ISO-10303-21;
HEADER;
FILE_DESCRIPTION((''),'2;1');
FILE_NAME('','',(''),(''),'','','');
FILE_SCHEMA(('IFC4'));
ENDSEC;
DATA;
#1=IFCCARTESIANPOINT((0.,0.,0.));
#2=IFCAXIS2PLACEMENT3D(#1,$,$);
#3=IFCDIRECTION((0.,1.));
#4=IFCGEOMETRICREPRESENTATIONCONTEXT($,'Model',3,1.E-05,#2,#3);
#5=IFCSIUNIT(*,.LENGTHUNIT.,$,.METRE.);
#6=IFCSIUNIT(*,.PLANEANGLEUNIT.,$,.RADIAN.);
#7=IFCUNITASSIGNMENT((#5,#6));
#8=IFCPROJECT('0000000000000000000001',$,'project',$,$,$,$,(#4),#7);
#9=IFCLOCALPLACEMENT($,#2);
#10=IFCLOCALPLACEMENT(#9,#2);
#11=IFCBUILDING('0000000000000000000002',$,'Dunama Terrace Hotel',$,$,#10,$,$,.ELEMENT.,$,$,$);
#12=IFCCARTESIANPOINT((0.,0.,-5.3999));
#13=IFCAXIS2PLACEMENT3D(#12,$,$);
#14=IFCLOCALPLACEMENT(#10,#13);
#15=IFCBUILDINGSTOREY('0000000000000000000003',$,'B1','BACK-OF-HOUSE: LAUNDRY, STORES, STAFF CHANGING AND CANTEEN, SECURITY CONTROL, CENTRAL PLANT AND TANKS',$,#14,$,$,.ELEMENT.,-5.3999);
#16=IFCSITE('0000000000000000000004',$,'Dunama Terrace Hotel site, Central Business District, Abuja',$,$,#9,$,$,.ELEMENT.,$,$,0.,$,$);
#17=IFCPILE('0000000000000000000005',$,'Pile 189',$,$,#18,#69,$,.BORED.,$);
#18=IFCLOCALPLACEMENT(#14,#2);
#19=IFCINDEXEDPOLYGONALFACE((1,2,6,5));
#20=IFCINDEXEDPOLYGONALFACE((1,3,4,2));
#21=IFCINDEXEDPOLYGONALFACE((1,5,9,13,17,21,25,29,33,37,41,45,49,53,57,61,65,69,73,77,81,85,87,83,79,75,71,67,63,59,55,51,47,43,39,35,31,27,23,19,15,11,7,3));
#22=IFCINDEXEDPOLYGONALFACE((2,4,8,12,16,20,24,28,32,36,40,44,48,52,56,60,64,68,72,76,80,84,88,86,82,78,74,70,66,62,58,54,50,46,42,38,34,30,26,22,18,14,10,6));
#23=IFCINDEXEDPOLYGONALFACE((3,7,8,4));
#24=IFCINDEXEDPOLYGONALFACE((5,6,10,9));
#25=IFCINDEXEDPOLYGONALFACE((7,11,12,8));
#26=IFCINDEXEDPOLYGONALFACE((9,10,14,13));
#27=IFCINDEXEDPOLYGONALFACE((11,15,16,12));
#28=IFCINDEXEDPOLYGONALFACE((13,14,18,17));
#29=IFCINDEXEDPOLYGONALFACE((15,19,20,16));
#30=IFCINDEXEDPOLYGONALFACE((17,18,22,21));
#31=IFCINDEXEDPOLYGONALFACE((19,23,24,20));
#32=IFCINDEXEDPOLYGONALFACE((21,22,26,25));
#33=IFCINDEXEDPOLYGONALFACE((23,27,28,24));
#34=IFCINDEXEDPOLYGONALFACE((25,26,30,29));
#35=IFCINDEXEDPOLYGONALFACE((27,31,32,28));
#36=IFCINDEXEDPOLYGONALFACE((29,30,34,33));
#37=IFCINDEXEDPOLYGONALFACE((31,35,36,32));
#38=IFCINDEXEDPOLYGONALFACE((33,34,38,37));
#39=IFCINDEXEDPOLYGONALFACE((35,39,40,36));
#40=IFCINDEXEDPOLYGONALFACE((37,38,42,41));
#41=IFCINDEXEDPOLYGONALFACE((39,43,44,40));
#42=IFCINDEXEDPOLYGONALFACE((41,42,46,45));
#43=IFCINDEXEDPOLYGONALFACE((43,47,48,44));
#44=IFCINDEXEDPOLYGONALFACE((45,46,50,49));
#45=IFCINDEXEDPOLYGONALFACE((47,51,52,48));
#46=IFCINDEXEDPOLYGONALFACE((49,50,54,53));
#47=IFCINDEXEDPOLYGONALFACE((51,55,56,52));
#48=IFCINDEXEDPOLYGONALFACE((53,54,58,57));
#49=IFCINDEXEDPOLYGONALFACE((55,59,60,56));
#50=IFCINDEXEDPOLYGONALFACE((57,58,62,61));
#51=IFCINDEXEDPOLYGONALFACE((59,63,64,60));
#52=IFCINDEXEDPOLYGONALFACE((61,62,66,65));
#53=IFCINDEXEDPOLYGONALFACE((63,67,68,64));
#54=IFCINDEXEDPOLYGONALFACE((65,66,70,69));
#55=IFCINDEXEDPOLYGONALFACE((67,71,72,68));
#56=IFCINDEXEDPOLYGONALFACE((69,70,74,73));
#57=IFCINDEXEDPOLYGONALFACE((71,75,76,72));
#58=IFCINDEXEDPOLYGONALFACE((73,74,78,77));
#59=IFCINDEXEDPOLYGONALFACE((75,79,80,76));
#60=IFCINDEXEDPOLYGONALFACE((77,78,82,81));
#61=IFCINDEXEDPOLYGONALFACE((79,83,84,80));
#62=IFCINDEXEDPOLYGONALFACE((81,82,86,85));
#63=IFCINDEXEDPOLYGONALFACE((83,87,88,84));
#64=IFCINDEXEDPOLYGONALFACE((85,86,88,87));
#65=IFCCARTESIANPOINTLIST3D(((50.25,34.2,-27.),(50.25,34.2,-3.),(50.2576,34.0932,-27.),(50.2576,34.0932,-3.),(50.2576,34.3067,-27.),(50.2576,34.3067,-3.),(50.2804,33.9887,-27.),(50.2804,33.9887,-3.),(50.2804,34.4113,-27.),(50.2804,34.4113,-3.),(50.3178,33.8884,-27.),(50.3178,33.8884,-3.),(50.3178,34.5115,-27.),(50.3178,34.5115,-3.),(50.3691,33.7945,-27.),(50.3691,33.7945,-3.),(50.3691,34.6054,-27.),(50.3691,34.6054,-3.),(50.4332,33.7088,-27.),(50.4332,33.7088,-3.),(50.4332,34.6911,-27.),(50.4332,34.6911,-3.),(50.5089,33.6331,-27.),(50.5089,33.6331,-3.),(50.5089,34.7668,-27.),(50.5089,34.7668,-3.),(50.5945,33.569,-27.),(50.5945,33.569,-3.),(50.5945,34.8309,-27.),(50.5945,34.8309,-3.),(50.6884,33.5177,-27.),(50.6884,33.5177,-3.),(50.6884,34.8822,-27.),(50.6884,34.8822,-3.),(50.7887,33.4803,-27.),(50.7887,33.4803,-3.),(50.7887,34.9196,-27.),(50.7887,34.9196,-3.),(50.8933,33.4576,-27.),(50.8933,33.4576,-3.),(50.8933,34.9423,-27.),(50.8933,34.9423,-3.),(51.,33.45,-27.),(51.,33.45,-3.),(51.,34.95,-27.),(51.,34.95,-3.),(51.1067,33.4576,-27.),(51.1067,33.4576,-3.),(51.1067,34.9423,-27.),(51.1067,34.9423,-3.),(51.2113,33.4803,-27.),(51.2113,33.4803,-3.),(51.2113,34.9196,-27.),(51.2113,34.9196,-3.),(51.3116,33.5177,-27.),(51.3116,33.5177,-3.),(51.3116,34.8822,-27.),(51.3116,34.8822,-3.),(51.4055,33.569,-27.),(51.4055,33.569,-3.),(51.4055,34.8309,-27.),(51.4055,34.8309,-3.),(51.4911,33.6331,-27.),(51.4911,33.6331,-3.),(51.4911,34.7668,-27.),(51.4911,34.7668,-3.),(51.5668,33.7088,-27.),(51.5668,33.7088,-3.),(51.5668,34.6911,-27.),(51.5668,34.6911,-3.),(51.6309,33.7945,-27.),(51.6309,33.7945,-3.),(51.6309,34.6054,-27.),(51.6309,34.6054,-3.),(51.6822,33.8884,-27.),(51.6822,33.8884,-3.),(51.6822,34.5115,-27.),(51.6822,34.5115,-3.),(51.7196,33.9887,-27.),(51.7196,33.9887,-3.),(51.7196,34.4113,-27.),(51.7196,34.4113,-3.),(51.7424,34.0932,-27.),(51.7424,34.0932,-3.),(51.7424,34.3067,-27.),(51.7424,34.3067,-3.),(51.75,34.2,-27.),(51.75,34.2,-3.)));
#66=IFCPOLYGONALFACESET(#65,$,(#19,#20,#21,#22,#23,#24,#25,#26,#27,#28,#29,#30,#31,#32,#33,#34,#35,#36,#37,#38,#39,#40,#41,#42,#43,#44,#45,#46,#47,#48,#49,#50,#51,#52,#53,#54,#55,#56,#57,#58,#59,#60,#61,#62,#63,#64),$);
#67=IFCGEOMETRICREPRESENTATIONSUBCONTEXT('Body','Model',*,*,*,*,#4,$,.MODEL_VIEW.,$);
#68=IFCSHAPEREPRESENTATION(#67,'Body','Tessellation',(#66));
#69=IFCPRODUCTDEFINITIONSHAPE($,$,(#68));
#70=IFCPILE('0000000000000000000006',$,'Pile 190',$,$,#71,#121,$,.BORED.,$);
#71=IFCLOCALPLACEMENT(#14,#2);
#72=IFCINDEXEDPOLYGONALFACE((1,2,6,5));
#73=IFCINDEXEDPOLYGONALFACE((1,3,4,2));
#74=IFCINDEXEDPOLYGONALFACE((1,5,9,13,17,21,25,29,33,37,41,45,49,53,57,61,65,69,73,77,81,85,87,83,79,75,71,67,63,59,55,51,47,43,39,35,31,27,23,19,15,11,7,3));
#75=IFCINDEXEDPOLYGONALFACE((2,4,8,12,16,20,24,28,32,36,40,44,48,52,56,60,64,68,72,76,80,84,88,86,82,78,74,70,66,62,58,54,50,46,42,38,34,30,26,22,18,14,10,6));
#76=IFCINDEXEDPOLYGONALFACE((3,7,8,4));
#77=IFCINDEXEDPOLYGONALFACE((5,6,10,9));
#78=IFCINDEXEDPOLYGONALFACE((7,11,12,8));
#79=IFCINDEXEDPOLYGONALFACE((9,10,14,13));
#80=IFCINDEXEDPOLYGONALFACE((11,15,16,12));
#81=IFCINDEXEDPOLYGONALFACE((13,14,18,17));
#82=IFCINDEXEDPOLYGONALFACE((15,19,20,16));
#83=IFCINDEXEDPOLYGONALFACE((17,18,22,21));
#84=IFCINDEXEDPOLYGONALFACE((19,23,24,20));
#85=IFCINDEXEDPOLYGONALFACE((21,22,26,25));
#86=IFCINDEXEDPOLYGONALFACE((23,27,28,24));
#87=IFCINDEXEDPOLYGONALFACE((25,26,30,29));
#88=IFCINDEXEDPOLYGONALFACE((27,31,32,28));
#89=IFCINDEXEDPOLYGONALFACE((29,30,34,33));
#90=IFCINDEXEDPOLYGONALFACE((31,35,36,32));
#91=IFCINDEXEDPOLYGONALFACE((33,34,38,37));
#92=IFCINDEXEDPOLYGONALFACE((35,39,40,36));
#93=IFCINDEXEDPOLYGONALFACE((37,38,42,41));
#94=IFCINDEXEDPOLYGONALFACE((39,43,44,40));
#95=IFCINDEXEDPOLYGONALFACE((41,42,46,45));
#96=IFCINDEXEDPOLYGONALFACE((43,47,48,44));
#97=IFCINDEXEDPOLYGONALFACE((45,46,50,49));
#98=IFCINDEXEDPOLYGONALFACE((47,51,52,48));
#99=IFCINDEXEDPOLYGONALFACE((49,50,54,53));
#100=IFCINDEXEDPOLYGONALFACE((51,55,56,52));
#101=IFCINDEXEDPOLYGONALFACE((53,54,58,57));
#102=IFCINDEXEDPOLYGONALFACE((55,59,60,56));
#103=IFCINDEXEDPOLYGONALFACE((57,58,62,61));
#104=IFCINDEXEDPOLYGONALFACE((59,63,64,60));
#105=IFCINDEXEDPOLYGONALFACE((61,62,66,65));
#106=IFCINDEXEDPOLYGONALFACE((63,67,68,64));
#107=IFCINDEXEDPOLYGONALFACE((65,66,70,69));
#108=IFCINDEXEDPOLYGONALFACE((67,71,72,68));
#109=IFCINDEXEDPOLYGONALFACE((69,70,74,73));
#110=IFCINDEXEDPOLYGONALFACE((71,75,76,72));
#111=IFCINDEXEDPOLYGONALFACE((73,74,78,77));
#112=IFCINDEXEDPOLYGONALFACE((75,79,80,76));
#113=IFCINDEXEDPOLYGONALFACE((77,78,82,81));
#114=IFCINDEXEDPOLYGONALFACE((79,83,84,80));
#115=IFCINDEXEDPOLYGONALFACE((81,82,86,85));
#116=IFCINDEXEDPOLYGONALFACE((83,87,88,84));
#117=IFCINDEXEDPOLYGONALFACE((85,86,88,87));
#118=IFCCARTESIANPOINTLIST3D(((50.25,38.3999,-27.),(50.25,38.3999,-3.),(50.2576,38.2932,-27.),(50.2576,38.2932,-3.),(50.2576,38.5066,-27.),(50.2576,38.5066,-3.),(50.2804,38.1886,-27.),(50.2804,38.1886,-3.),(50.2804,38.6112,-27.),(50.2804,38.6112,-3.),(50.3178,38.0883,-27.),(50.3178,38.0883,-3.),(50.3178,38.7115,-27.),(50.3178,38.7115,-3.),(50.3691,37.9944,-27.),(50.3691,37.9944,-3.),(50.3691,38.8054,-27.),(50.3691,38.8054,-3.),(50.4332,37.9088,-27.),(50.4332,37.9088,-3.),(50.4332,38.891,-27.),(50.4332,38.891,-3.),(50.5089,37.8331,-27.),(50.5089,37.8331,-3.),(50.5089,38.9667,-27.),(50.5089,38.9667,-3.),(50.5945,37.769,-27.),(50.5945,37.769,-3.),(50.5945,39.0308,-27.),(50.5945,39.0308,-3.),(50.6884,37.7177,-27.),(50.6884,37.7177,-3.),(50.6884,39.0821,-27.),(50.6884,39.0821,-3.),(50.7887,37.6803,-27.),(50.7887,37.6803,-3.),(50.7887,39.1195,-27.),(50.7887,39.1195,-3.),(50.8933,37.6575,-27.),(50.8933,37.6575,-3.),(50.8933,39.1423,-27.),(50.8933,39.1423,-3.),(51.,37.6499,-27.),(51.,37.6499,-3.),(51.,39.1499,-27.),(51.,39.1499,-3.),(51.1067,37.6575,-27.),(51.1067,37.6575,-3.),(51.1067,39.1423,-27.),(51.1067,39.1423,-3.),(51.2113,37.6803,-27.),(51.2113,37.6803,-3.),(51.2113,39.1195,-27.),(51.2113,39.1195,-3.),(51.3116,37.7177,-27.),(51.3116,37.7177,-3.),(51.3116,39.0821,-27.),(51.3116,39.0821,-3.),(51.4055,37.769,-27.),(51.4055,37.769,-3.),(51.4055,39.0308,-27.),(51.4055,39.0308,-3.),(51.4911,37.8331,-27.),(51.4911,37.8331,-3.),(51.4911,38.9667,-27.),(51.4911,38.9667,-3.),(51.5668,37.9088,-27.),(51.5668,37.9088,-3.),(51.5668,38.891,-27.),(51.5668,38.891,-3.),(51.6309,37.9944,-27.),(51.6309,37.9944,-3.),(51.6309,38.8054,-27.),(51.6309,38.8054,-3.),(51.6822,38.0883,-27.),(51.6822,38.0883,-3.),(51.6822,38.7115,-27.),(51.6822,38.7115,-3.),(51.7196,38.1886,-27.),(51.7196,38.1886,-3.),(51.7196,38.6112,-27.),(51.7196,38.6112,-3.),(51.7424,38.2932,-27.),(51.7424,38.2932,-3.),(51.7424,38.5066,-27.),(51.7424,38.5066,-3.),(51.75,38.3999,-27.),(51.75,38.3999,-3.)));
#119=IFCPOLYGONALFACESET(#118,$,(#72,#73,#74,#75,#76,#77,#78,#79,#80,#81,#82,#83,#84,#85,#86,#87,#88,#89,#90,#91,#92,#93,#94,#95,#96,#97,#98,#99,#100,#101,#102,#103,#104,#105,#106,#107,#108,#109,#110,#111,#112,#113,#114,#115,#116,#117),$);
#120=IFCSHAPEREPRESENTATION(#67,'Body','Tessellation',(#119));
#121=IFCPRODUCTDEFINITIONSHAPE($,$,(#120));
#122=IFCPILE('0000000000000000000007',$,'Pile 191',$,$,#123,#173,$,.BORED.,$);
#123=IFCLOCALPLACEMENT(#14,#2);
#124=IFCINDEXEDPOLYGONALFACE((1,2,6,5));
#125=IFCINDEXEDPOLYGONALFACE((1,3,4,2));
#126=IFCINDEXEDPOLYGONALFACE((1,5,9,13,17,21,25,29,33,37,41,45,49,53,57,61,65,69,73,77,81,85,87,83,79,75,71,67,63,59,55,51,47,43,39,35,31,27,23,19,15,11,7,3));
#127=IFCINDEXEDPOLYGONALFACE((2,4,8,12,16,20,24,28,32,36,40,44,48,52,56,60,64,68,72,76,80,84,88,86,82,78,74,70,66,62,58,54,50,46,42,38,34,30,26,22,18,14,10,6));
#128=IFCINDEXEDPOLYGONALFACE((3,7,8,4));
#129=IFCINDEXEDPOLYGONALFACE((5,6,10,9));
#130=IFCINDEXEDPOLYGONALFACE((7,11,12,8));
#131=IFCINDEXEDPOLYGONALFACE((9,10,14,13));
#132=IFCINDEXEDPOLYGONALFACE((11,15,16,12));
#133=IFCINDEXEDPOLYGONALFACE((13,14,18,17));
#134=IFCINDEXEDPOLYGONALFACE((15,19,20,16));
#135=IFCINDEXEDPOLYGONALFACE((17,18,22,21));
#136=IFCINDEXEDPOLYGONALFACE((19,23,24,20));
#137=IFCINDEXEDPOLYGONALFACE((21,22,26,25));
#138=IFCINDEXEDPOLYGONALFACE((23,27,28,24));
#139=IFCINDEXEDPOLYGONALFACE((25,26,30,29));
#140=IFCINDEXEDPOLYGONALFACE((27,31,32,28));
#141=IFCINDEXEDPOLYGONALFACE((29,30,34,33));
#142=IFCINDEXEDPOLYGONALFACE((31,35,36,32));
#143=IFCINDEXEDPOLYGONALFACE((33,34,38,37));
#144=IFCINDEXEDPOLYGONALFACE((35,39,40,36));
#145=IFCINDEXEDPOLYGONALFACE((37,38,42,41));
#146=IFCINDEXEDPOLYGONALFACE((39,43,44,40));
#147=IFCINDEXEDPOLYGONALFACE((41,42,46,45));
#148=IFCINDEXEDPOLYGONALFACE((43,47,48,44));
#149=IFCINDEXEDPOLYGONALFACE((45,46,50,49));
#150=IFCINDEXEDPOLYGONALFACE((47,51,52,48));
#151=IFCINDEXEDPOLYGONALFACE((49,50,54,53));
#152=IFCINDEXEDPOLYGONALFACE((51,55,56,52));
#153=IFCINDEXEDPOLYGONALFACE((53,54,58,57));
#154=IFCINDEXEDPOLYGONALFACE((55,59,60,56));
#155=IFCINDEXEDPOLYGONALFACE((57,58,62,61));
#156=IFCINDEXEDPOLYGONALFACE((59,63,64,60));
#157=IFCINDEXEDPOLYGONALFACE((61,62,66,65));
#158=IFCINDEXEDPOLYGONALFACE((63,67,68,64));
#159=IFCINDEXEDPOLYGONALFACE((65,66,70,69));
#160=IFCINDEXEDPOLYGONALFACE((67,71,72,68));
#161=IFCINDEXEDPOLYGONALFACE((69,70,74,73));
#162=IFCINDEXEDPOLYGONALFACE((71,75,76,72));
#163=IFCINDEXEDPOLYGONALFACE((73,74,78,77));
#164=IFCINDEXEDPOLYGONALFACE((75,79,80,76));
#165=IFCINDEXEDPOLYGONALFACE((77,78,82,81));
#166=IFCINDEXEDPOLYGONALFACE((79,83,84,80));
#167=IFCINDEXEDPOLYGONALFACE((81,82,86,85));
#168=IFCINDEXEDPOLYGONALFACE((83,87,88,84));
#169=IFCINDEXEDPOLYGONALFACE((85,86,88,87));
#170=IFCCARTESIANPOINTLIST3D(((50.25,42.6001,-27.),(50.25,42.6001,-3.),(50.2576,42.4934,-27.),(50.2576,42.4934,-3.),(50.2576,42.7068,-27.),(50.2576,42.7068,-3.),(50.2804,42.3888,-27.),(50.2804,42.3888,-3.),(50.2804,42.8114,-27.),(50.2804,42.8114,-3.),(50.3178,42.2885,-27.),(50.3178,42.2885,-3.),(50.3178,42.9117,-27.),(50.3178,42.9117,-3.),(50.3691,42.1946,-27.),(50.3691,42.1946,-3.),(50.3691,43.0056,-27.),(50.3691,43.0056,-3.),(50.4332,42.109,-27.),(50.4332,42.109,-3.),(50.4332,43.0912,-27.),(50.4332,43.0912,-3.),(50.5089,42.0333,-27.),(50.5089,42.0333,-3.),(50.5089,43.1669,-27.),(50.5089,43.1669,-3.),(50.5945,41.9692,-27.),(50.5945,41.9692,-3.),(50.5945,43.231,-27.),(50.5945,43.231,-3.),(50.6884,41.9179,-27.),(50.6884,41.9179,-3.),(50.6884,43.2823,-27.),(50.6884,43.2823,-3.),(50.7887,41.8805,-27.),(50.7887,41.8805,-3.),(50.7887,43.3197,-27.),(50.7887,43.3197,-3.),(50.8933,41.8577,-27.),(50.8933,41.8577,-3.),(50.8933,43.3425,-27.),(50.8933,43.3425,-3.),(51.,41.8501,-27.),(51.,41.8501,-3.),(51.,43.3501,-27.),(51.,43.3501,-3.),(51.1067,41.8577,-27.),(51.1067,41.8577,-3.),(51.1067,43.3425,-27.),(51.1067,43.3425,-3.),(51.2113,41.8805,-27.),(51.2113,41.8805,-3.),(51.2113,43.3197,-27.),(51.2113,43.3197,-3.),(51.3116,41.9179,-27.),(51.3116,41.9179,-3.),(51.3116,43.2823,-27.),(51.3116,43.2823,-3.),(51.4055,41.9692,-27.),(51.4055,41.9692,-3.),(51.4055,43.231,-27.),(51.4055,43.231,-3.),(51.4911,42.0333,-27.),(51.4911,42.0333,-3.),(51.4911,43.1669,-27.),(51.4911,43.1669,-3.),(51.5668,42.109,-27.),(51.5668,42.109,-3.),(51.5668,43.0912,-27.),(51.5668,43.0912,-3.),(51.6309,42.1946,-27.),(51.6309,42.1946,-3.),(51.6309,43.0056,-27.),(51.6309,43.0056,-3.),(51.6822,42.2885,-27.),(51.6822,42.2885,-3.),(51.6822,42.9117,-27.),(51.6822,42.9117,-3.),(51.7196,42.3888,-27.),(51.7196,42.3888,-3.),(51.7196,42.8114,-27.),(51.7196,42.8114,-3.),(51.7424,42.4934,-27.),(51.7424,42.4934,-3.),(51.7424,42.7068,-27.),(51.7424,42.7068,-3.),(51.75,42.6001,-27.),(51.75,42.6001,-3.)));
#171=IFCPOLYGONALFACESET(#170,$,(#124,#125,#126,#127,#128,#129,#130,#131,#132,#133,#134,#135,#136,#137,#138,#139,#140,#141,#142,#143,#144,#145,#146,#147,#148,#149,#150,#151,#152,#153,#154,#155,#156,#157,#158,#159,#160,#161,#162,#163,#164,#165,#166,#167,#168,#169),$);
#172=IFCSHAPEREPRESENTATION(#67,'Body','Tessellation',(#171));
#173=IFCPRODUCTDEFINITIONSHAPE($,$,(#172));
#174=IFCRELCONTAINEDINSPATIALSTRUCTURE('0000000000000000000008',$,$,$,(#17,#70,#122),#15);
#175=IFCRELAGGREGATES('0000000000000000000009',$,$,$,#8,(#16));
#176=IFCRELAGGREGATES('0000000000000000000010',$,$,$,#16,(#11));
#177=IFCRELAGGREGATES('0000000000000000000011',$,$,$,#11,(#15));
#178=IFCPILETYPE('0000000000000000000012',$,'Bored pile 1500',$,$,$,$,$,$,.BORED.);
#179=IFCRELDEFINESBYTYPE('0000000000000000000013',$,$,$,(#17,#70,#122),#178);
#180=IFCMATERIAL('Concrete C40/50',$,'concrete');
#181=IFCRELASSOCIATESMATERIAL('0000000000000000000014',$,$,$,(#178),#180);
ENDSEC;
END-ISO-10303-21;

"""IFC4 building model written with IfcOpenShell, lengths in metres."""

from ifc_helpers import new_model, si_unit, direction, frame, origin, origin_2d, place, context, subcontext, project, spatial, circle, extrude, material, material_profile, profile_set, type_object, element, save


model = new_model("IFC4")

# Units and contexts
model_context = context("Model", 3, precision=1e-05, world=origin(), true_north=direction((0.0, 1.0)))
body_context = subcontext(model_context, "Body", "Model", "MODEL_VIEW")
ifc_project = project(units=[si_unit("LENGTHUNIT", "METRE"), si_unit("PLANEANGLEUNIT", "RADIAN")], contexts=[model_context])

# Site, building, storey
site_placement = place(None, origin())
site = spatial("IfcSite", under=ifc_project, at=site_placement, Name="Dunama Terrace Hotel site, Central Business District, Abuja", CompositionType="ELEMENT", RefElevation=0.0)
building_placement = place(site_placement, origin())
building = spatial("IfcBuilding", under=site, at=building_placement, Name="Dunama Terrace Hotel", CompositionType="ELEMENT")
storey_placement = place(building_placement, frame((0.0, 0.0, -5.3999)))
storey = spatial("IfcBuildingStorey", under=building, at=storey_placement, Name="B1", Description="BACK-OF-HOUSE: LAUNDRY, STORES, STAFF CHANGING AND CANTEEN, SECURITY CONTROL, CENTRAL PLANT AND TANKS", CompositionType="ELEMENT", Elevation=-5.3999)

# Piles
ifc_material_1 = material(Name="Concrete C40/50", Category="concrete")
ifc_material_profile_1 = material_profile(ifc_material_1, circle(Radius=0.75, at=origin_2d()), Name="PILE D1500")
ifc_profile_set_1 = profile_set([ifc_material_profile_1], Name="Concrete C40/50")
pile_type = type_object("IfcPileType", Name="Bored pile 1500", PredefinedType="BORED", material=ifc_profile_set_1)
for number, where, z_axis, x_axis, name in (
    (1, (51.0, 34.2, -3.0), (0.0, 0.0, -1.0), (1.0, 0.0, 0.0), "Pile 189"),
    (2, (51.0, 38.3999, -3.0), (0.0, 0.0, -1.0), (1.0, 0.0, 0.0), "Pile 190"),
    (3, (51.0, 42.6001, -3.0), (0.0, 0.0, -1.0), (1.0, 0.0, 0.0), "Pile 191"),
):
    element("IfcPile", number, at=place(storey_placement, frame(where, z_axis=z_axis, x_axis=x_axis)), inside=storey, type_object=pile_type, Name=name, PredefinedType="BORED", context=body_context, shape_type="SweptSolid", body=[
        extrude(circle(Radius=0.75, at=origin_2d()), origin(), (0.0, 0.0, 1.0), 24.0),
    ])

save(model, "model.ifc")
